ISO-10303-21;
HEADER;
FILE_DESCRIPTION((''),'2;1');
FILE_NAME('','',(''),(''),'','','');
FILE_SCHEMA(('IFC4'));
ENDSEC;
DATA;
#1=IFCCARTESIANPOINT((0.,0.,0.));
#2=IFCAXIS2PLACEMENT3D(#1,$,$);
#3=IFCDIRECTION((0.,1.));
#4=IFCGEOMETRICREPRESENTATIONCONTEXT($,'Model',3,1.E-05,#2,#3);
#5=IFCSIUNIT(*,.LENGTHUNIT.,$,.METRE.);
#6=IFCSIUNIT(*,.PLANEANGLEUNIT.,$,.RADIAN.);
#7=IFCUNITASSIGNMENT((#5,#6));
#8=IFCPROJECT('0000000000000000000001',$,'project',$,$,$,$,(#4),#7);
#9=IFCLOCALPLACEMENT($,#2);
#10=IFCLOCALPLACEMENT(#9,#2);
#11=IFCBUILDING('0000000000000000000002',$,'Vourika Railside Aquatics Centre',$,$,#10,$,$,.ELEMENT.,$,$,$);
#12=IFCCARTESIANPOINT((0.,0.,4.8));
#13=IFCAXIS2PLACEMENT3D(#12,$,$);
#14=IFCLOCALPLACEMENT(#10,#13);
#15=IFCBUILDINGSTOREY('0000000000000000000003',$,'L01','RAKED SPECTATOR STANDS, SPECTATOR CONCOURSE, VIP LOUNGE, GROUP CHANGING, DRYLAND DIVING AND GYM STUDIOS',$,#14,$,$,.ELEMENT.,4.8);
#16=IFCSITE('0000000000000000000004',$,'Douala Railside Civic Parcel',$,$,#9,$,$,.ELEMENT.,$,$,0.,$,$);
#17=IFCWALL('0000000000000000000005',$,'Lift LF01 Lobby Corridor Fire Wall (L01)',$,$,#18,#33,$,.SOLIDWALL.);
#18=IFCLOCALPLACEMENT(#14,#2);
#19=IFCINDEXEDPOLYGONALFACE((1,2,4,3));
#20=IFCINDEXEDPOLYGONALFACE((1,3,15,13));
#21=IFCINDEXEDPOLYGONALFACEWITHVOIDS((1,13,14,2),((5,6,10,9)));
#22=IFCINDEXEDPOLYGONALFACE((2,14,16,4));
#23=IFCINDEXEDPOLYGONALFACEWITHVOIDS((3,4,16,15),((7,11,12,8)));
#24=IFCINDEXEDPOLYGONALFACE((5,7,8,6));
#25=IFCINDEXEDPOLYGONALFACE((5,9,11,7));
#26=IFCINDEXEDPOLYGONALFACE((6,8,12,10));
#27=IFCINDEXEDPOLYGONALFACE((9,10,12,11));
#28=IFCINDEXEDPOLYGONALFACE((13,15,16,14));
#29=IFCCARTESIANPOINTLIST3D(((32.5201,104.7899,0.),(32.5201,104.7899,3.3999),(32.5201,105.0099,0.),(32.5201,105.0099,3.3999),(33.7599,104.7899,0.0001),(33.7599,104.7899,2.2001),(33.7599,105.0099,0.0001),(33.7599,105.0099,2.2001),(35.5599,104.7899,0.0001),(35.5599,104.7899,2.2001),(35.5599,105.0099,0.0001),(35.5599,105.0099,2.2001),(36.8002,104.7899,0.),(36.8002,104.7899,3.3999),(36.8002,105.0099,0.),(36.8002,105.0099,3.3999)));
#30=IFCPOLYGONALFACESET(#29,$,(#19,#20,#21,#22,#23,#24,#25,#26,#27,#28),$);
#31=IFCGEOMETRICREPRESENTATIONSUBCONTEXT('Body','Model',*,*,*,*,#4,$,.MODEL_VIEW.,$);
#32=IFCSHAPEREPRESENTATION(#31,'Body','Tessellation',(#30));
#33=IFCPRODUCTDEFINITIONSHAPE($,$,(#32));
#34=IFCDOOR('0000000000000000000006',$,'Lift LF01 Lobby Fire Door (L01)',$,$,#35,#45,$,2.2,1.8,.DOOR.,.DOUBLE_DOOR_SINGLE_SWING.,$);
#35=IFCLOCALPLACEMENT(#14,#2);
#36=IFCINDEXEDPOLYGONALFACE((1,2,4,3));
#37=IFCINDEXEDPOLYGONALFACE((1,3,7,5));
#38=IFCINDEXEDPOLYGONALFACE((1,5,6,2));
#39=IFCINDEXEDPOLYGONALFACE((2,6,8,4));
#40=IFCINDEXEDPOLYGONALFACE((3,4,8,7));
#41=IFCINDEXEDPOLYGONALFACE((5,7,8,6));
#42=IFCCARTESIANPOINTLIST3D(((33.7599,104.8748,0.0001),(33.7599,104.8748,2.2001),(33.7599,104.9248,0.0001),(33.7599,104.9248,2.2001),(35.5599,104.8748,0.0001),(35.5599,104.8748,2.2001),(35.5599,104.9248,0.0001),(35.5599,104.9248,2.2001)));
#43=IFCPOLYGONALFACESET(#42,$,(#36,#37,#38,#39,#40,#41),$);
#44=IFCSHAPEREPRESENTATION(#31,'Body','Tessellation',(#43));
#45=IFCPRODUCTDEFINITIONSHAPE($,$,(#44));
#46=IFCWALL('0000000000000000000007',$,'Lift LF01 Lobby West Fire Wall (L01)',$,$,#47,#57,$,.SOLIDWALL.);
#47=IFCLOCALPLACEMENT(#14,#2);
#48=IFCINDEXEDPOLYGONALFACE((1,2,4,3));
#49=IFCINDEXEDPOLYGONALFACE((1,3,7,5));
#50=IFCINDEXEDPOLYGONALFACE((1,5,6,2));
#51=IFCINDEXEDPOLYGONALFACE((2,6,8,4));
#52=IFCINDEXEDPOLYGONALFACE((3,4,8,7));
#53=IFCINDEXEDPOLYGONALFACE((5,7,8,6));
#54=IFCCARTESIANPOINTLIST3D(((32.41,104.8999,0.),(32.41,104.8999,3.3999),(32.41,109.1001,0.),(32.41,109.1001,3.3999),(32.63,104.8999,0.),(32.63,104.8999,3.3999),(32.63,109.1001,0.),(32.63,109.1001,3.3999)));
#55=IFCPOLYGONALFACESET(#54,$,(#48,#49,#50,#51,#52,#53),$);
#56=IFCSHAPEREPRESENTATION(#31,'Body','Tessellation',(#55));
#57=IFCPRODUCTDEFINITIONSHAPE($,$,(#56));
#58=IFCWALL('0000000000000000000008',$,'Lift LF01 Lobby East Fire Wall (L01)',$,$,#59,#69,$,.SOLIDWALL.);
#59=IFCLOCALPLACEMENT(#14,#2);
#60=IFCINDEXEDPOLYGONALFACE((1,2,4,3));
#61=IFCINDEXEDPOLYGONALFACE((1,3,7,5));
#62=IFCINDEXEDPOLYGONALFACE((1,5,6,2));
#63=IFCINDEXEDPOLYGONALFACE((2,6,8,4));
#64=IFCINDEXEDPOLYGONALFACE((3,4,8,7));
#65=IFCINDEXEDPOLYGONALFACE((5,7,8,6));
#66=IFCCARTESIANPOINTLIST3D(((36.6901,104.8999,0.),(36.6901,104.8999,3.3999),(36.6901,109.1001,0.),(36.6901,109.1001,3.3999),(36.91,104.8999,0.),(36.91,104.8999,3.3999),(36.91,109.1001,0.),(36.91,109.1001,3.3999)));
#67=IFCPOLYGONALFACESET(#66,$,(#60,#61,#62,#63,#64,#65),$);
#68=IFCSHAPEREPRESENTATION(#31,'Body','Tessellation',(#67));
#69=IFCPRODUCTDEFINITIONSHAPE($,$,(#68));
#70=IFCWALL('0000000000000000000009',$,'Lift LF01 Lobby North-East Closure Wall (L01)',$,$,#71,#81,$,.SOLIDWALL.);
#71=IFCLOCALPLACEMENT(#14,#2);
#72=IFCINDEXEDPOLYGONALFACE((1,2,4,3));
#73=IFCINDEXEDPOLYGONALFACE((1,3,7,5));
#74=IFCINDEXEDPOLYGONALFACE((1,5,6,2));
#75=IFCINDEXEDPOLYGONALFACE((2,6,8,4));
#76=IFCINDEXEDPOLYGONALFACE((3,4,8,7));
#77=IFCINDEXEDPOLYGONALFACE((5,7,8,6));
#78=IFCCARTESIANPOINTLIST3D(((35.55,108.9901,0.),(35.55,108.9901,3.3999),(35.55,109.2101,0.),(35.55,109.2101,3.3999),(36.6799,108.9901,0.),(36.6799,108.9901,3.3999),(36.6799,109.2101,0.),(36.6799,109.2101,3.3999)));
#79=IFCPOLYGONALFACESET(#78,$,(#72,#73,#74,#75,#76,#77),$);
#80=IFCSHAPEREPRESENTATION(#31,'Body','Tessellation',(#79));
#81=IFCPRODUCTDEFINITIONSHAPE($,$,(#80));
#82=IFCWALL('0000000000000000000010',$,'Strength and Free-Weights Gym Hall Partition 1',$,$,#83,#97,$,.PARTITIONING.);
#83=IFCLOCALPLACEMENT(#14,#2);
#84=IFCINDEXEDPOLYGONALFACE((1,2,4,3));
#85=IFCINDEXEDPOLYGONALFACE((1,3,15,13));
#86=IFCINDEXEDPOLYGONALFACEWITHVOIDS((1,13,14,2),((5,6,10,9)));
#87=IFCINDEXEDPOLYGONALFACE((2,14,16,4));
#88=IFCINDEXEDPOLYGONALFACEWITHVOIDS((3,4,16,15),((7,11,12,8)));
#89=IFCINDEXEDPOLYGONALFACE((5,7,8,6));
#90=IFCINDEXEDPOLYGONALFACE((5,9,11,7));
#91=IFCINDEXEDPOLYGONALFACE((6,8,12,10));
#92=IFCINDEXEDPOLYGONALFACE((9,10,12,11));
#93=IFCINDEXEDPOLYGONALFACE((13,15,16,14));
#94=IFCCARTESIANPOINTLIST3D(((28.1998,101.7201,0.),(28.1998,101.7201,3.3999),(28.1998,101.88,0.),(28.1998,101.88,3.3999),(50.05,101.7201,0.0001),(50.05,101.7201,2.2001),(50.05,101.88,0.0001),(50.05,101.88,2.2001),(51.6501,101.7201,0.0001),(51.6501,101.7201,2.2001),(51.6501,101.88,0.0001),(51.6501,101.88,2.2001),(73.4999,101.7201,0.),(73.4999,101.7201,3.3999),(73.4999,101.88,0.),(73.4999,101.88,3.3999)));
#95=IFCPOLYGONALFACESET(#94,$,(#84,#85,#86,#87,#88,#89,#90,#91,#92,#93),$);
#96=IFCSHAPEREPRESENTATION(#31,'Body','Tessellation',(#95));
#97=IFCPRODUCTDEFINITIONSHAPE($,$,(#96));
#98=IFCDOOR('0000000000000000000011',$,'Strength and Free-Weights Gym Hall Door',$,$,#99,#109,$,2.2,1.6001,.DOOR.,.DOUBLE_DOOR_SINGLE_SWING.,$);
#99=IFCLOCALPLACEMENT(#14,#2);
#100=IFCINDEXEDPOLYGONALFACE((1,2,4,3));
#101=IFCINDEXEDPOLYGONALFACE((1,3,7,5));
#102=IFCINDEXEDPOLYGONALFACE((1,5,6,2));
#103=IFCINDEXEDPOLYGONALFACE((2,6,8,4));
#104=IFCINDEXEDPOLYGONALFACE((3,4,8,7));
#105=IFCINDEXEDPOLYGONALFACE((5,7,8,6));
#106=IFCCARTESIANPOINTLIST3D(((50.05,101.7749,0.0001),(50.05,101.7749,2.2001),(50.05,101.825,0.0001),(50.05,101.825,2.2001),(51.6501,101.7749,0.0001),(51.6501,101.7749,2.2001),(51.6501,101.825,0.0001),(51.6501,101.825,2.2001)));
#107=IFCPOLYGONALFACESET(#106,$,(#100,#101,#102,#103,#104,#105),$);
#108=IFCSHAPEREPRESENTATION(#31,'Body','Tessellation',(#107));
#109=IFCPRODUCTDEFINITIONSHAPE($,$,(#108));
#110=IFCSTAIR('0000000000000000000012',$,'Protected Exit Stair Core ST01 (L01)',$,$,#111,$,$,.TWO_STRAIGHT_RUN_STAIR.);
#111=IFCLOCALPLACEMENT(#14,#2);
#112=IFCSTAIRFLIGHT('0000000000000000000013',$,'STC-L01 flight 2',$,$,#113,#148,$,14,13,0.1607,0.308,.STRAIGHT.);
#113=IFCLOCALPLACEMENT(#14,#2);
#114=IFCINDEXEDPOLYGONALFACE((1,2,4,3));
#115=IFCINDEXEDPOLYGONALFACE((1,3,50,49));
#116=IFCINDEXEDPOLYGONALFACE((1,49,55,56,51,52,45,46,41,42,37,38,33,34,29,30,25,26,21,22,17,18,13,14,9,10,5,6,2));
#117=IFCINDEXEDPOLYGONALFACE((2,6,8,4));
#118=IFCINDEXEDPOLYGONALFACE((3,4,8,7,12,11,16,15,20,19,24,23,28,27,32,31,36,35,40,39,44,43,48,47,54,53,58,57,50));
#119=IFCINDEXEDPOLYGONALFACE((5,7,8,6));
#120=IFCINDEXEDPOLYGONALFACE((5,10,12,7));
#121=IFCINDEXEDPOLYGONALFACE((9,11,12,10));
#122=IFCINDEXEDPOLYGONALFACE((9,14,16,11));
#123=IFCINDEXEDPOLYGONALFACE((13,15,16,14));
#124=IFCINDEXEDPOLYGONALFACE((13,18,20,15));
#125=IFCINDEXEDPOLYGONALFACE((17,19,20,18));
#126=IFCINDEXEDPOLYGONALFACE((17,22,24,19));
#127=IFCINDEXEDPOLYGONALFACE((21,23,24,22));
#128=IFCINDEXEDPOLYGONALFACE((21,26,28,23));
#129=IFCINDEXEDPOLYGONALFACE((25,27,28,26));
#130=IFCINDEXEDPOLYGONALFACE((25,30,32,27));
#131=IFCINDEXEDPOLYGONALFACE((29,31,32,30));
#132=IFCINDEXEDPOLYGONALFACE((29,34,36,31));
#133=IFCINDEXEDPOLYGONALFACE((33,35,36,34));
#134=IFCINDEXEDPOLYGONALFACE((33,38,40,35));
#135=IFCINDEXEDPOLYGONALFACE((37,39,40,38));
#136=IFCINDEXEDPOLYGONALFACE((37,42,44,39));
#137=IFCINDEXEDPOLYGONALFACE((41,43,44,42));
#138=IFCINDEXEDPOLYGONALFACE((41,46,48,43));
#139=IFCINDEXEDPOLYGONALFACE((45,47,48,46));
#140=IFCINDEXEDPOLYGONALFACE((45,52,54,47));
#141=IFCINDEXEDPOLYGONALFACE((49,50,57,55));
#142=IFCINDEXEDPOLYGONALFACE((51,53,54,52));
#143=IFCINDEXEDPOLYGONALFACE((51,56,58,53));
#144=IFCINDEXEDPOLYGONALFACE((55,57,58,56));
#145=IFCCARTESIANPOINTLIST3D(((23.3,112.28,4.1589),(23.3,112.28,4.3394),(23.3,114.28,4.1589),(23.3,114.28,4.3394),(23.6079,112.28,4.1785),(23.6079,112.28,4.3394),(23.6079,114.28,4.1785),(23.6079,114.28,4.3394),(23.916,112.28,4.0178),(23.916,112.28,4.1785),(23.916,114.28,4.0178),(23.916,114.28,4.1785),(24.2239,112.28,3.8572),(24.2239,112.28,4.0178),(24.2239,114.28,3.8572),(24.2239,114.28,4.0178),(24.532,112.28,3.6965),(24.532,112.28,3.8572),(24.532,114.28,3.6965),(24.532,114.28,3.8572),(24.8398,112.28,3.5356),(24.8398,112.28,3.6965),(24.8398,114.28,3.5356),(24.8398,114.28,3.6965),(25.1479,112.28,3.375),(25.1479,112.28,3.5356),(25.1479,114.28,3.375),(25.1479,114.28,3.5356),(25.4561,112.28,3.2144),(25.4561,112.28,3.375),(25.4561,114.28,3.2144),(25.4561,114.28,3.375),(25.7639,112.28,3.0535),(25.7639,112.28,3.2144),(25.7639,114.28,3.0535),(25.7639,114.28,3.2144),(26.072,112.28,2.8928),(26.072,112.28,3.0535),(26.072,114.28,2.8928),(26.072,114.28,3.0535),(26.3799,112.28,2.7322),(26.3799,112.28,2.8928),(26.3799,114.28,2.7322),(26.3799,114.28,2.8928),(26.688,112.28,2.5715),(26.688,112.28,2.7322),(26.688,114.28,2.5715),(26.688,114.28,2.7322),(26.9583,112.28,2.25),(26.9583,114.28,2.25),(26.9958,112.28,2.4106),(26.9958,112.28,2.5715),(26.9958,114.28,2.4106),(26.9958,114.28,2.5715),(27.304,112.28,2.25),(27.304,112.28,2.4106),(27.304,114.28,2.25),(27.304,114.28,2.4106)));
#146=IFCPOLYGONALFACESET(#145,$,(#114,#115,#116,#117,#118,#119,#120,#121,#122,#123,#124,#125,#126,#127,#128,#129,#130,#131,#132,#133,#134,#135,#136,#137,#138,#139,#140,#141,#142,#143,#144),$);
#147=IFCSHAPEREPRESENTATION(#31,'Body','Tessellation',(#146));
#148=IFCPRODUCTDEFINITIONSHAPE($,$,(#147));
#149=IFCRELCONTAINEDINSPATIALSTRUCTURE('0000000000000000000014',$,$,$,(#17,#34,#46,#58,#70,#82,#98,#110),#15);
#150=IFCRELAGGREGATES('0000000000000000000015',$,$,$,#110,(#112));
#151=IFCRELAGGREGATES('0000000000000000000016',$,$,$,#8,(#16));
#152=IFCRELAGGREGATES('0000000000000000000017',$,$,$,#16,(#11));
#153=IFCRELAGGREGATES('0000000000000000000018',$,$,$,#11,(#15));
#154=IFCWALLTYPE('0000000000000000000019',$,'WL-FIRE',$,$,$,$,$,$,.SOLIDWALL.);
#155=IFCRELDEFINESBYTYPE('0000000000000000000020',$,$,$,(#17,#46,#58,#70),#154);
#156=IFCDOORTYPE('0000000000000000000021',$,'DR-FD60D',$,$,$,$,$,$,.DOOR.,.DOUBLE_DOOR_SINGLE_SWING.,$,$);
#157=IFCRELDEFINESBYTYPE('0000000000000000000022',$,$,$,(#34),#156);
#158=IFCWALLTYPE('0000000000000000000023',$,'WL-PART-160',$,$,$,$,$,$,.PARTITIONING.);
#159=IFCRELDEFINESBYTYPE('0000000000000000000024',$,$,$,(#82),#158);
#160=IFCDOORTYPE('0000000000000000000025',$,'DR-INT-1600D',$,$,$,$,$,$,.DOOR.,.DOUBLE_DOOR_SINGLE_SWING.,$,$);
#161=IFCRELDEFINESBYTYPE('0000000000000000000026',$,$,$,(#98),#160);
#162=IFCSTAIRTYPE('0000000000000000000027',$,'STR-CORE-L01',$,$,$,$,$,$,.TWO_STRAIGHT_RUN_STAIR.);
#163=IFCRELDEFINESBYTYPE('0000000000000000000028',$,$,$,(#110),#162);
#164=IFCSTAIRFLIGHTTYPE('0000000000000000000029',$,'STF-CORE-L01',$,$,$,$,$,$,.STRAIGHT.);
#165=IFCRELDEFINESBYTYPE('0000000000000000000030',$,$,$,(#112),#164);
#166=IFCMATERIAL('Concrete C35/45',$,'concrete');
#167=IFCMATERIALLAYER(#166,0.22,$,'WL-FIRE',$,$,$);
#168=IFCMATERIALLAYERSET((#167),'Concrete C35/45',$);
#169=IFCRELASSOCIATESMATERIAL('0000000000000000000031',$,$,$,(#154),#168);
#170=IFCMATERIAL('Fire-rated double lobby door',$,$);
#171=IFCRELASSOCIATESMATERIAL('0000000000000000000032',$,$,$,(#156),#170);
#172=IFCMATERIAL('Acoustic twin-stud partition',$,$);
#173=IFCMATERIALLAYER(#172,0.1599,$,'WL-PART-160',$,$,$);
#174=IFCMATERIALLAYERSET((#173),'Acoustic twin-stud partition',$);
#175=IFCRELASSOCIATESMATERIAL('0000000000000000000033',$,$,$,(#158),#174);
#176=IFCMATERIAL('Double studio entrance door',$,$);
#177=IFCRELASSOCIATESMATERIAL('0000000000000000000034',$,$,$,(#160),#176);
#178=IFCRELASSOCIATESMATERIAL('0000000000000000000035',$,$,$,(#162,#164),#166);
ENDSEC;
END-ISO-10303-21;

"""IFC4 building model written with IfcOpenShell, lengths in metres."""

from ifc_helpers import new_model, si_unit, direction, frame, frame_2d, origin, place, context, subcontext, project, spatial, polyline, rectangle, outline, extrude, material, layer, layer_set, type_object, element, fill, aggregate, save


model = new_model("IFC4")

# Units and contexts
model_context = context("Model", 3, precision=1e-05, world=origin(), true_north=direction((0.0, 1.0)))
body_context = subcontext(model_context, "Body", "Model", "MODEL_VIEW")
ifc_project = project(units=[si_unit("LENGTHUNIT", "METRE"), si_unit("PLANEANGLEUNIT", "RADIAN")], contexts=[model_context])

# Site, building, storey
site_placement = place(None, origin())
site = spatial("IfcSite", under=ifc_project, at=site_placement, Name="Douala Railside Civic Parcel", CompositionType="ELEMENT", RefElevation=0.0)
building_placement = place(site_placement, origin())
building = spatial("IfcBuilding", under=site, at=building_placement, Name="Vourika Railside Aquatics Centre", CompositionType="ELEMENT")
storey_placement = place(building_placement, frame((0.0, 0.0, 4.8)))
storey = spatial("IfcBuildingStorey", under=building, at=storey_placement, Name="L01", Description="RAKED SPECTATOR STANDS, SPECTATOR CONCOURSE, VIP LOUNGE, GROUP CHANGING, DRYLAND DIVING AND GYM STUDIOS", CompositionType="ELEMENT", Elevation=4.8)

# Shared definitions
ifc_material_1 = material(Name="Concrete C35/45", Category="concrete")

# Wall, opening, door
ifc_layer_1 = layer(ifc_material_1, 0.22, Name="WL-FIRE")
ifc_layer_set_1 = layer_set([ifc_layer_1], Name="Concrete C35/45")
wall_type_1 = type_object("IfcWallType", Name="WL-FIRE", PredefinedType="SOLIDWALL", material=ifc_layer_set_1)
wall_1_placement = place(storey_placement, frame((32.52, 104.8999, 0.0), z_axis=(0.0, 0.0, 1.0), x_axis=(1.0, 0.0, 0.0)))
wall_1 = element("IfcWall", 1, at=wall_1_placement, inside=storey, type_object=wall_type_1, Name="Lift LF01 Lobby Corridor Fire Wall (L01)", PredefinedType="SOLIDWALL", context=body_context, shape_type="SweptSolid", body=[
    extrude(rectangle(XDim=4.28, YDim=0.22, at=frame_2d((2.1401, 0.0))), origin(), (0.0, 0.0, 1.0), 3.3999),
])
opening_1_placement = place(wall_1_placement, frame((1.24, 0.0, 0.0)))
opening_1 = element("IfcOpeningElement", 2, at=opening_1_placement, cuts=wall_1, PredefinedType="OPENING", context=body_context, shape_type="SweptSolid", body=[
    extrude(rectangle(XDim=1.8, YDim=2.2, at=frame_2d((0.8999, 1.1001))), frame((0.0, 0.1201, 0.0), z_axis=(0.0, -1.0, 0.0), x_axis=(1.0, 0.0, 0.0)), (0.0, 0.0, 1.0), 0.24),
])
ifc_material_2 = material(Name="Fire-rated double lobby door")
door_type_1 = type_object("IfcDoorType", Name="DR-FD60D", OperationType="DOUBLE_DOOR_SINGLE_SWING", PredefinedType="DOOR", material=ifc_material_2)
door_1_placement = place(opening_1_placement, origin())
door_1 = element("IfcDoor", 3, at=door_1_placement, inside=storey, type_object=door_type_1, Name="Lift LF01 Lobby Fire Door (L01)", OperationType="DOUBLE_DOOR_SINGLE_SWING", OverallHeight=2.2, OverallWidth=1.8, PredefinedType="DOOR", context=body_context, shape_type="SweptSolid", body=[
    extrude(rectangle(XDim=1.8, YDim=2.2, at=frame_2d((0.8999, 1.1001))), frame((0.0, 0.0249, 0.0), z_axis=(0.0, -1.0, 0.0), x_axis=(1.0, 0.0, 0.0)), (0.0, 0.0, 1.0), 0.05),
])
fill(opening_1, door_1)

# Walls
for number, where, z_axis, x_axis, name in (
    (4, (32.52, 104.8999, 0.0), (0.0, 0.0, 1.0), (0.0, 1.0, 0.0), "Lift LF01 Lobby West Fire Wall (L01)"),
    (5, (36.8, 104.8999, 0.0), (0.0, 0.0, 1.0), (0.0, 1.0, 0.0), "Lift LF01 Lobby East Fire Wall (L01)"),
):
    element("IfcWall", number, at=place(storey_placement, frame(where, z_axis=z_axis, x_axis=x_axis)), inside=storey, type_object=wall_type_1, Name=name, PredefinedType="SOLIDWALL", context=body_context, shape_type="SweptSolid", body=[
        extrude(rectangle(XDim=4.2002, YDim=0.22, at=frame_2d((2.1001, 0.0))), origin(), (0.0, 0.0, 1.0), 3.3999),
    ])
wall_2_placement = place(storey_placement, frame((35.55, 109.1001, 0.0), z_axis=(0.0, 0.0, 1.0), x_axis=(1.0, 0.0, 0.0)))
element("IfcWall", 6, at=wall_2_placement, inside=storey, type_object=wall_type_1, Name="Lift LF01 Lobby North-East Closure Wall (L01)", PredefinedType="SOLIDWALL", context=body_context, shape_type="SweptSolid", body=[
    extrude(rectangle(XDim=1.1299, YDim=0.22, at=frame_2d((0.5649, 0.0))), origin(), (0.0, 0.0, 1.0), 3.3999),
])

# Wall, opening, door
ifc_material_3 = material(Name="Acoustic twin-stud partition")
ifc_layer_2 = layer(ifc_material_3, 0.1599, Name="WL-PART-160")
ifc_layer_set_2 = layer_set([ifc_layer_2], Name="Acoustic twin-stud partition")
wall_type_2 = type_object("IfcWallType", Name="WL-PART-160", PredefinedType="PARTITIONING", material=ifc_layer_set_2)
wall_3_placement = place(storey_placement, frame((28.2, 101.8, 0.0), z_axis=(0.0, 0.0, 1.0), x_axis=(1.0, 0.0, 0.0)))
wall_3 = element("IfcWall", 7, at=wall_3_placement, inside=storey, type_object=wall_type_2, Name="Strength and Free-Weights Gym Hall Partition 1", PredefinedType="PARTITIONING", context=body_context, shape_type="SweptSolid", body=[
    extrude(rectangle(XDim=45.3, YDim=0.1599, at=frame_2d((22.6499, 0.0))), origin(), (0.0, 0.0, 1.0), 3.3999),
])
opening_2_placement = place(wall_3_placement, frame((21.8501, 0.0, 0.0)))
opening_2 = element("IfcOpeningElement", 8, at=opening_2_placement, cuts=wall_3, PredefinedType="OPENING", context=body_context, shape_type="SweptSolid", body=[
    extrude(rectangle(XDim=1.6001, YDim=2.2, at=frame_2d((0.8, 1.1001))), frame((0.0, 0.0898, 0.0), z_axis=(0.0, -1.0, 0.0), x_axis=(1.0, 0.0, 0.0)), (0.0, 0.0, 1.0), 0.1799),
])
ifc_material_4 = material(Name="Double studio entrance door")
door_type_2 = type_object("IfcDoorType", Name="DR-INT-1600D", OperationType="DOUBLE_DOOR_SINGLE_SWING", PredefinedType="DOOR", material=ifc_material_4)
door_2_placement = place(opening_2_placement, origin())
door_2 = element("IfcDoor", 9, at=door_2_placement, inside=storey, type_object=door_type_2, Name="Strength and Free-Weights Gym Hall Door", OperationType="DOUBLE_DOOR_SINGLE_SWING", OverallHeight=2.2, OverallWidth=1.6001, PredefinedType="DOOR", context=body_context, shape_type="SweptSolid", body=[
    extrude(rectangle(XDim=1.6001, YDim=2.2, at=frame_2d((0.8, 1.1001))), frame((0.0, 0.0249, 0.0), z_axis=(0.0, -1.0, 0.0), x_axis=(1.0, 0.0, 0.0)), (0.0, 0.0, 1.0), 0.05),
])
fill(opening_2, door_2)

# Stair, stair flight
stair_type = type_object("IfcStairType", Name="STR-CORE-L01", PredefinedType="TWO_STRAIGHT_RUN_STAIR", material=ifc_material_1)
stair_placement = place(storey_placement, origin())
stair = element("IfcStair", 10, at=stair_placement, inside=storey, type_object=stair_type, Name="Protected Exit Stair Core ST01 (L01)", PredefinedType="TWO_STRAIGHT_RUN_STAIR")
stair_flight_type = type_object("IfcStairFlightType", Name="STF-CORE-L01", PredefinedType="STRAIGHT", material=ifc_material_1)
stair_flight_placement = place(storey_placement, frame((27.304, 113.28, 2.25), z_axis=(0.0, 0.0, 1.0), x_axis=(-1.0, 0.0, 0.0)))
stair_flight = element("IfcStairFlight", 11, at=stair_flight_placement, type_object=stair_flight_type, Name="STC-L01 flight 2", NumberOfRisers=14, NumberOfTreads=13, PredefinedType="STRAIGHT", RiserHeight=0.1607, TreadLength=0.308, context=body_context, shape_type="SweptSolid", body=[
    extrude(outline(polyline([(0.0, 0.0), (0.0, 0.1606), (0.3081, 0.1606), (0.3081, 0.3215), (0.616, 0.3215), (0.616, 0.4822), (0.9241, 0.4822), (0.9241, 0.6428), (1.2319, 0.6428), (1.2319, 0.8035), (1.54, 0.8035), (1.54, 0.9644), (1.8479, 0.9644), (1.8479, 1.125), (2.156, 1.125), (2.156, 1.2856), (2.4641, 1.2856), (2.4641, 1.4465), (2.772, 1.4465), (2.772, 1.6072), (3.0801, 1.6072), (3.0801, 1.7678), (3.3879, 1.7678), (3.3879, 1.9285), (3.696, 1.9285), (3.696, 2.0894), (4.0039, 2.0894), (4.0039, 2.25), (4.0039, 1.9089), (0.3457, 0.0), (0.0, 0.0)])), frame((0.0, 1.0, 0.0), z_axis=(0.0, -1.0, 0.0), x_axis=(1.0, 0.0, 0.0)), (0.0, 0.0, 1.0), 2.0),
])
aggregate(stair, [stair_flight])

save(model, "model.ifc")
